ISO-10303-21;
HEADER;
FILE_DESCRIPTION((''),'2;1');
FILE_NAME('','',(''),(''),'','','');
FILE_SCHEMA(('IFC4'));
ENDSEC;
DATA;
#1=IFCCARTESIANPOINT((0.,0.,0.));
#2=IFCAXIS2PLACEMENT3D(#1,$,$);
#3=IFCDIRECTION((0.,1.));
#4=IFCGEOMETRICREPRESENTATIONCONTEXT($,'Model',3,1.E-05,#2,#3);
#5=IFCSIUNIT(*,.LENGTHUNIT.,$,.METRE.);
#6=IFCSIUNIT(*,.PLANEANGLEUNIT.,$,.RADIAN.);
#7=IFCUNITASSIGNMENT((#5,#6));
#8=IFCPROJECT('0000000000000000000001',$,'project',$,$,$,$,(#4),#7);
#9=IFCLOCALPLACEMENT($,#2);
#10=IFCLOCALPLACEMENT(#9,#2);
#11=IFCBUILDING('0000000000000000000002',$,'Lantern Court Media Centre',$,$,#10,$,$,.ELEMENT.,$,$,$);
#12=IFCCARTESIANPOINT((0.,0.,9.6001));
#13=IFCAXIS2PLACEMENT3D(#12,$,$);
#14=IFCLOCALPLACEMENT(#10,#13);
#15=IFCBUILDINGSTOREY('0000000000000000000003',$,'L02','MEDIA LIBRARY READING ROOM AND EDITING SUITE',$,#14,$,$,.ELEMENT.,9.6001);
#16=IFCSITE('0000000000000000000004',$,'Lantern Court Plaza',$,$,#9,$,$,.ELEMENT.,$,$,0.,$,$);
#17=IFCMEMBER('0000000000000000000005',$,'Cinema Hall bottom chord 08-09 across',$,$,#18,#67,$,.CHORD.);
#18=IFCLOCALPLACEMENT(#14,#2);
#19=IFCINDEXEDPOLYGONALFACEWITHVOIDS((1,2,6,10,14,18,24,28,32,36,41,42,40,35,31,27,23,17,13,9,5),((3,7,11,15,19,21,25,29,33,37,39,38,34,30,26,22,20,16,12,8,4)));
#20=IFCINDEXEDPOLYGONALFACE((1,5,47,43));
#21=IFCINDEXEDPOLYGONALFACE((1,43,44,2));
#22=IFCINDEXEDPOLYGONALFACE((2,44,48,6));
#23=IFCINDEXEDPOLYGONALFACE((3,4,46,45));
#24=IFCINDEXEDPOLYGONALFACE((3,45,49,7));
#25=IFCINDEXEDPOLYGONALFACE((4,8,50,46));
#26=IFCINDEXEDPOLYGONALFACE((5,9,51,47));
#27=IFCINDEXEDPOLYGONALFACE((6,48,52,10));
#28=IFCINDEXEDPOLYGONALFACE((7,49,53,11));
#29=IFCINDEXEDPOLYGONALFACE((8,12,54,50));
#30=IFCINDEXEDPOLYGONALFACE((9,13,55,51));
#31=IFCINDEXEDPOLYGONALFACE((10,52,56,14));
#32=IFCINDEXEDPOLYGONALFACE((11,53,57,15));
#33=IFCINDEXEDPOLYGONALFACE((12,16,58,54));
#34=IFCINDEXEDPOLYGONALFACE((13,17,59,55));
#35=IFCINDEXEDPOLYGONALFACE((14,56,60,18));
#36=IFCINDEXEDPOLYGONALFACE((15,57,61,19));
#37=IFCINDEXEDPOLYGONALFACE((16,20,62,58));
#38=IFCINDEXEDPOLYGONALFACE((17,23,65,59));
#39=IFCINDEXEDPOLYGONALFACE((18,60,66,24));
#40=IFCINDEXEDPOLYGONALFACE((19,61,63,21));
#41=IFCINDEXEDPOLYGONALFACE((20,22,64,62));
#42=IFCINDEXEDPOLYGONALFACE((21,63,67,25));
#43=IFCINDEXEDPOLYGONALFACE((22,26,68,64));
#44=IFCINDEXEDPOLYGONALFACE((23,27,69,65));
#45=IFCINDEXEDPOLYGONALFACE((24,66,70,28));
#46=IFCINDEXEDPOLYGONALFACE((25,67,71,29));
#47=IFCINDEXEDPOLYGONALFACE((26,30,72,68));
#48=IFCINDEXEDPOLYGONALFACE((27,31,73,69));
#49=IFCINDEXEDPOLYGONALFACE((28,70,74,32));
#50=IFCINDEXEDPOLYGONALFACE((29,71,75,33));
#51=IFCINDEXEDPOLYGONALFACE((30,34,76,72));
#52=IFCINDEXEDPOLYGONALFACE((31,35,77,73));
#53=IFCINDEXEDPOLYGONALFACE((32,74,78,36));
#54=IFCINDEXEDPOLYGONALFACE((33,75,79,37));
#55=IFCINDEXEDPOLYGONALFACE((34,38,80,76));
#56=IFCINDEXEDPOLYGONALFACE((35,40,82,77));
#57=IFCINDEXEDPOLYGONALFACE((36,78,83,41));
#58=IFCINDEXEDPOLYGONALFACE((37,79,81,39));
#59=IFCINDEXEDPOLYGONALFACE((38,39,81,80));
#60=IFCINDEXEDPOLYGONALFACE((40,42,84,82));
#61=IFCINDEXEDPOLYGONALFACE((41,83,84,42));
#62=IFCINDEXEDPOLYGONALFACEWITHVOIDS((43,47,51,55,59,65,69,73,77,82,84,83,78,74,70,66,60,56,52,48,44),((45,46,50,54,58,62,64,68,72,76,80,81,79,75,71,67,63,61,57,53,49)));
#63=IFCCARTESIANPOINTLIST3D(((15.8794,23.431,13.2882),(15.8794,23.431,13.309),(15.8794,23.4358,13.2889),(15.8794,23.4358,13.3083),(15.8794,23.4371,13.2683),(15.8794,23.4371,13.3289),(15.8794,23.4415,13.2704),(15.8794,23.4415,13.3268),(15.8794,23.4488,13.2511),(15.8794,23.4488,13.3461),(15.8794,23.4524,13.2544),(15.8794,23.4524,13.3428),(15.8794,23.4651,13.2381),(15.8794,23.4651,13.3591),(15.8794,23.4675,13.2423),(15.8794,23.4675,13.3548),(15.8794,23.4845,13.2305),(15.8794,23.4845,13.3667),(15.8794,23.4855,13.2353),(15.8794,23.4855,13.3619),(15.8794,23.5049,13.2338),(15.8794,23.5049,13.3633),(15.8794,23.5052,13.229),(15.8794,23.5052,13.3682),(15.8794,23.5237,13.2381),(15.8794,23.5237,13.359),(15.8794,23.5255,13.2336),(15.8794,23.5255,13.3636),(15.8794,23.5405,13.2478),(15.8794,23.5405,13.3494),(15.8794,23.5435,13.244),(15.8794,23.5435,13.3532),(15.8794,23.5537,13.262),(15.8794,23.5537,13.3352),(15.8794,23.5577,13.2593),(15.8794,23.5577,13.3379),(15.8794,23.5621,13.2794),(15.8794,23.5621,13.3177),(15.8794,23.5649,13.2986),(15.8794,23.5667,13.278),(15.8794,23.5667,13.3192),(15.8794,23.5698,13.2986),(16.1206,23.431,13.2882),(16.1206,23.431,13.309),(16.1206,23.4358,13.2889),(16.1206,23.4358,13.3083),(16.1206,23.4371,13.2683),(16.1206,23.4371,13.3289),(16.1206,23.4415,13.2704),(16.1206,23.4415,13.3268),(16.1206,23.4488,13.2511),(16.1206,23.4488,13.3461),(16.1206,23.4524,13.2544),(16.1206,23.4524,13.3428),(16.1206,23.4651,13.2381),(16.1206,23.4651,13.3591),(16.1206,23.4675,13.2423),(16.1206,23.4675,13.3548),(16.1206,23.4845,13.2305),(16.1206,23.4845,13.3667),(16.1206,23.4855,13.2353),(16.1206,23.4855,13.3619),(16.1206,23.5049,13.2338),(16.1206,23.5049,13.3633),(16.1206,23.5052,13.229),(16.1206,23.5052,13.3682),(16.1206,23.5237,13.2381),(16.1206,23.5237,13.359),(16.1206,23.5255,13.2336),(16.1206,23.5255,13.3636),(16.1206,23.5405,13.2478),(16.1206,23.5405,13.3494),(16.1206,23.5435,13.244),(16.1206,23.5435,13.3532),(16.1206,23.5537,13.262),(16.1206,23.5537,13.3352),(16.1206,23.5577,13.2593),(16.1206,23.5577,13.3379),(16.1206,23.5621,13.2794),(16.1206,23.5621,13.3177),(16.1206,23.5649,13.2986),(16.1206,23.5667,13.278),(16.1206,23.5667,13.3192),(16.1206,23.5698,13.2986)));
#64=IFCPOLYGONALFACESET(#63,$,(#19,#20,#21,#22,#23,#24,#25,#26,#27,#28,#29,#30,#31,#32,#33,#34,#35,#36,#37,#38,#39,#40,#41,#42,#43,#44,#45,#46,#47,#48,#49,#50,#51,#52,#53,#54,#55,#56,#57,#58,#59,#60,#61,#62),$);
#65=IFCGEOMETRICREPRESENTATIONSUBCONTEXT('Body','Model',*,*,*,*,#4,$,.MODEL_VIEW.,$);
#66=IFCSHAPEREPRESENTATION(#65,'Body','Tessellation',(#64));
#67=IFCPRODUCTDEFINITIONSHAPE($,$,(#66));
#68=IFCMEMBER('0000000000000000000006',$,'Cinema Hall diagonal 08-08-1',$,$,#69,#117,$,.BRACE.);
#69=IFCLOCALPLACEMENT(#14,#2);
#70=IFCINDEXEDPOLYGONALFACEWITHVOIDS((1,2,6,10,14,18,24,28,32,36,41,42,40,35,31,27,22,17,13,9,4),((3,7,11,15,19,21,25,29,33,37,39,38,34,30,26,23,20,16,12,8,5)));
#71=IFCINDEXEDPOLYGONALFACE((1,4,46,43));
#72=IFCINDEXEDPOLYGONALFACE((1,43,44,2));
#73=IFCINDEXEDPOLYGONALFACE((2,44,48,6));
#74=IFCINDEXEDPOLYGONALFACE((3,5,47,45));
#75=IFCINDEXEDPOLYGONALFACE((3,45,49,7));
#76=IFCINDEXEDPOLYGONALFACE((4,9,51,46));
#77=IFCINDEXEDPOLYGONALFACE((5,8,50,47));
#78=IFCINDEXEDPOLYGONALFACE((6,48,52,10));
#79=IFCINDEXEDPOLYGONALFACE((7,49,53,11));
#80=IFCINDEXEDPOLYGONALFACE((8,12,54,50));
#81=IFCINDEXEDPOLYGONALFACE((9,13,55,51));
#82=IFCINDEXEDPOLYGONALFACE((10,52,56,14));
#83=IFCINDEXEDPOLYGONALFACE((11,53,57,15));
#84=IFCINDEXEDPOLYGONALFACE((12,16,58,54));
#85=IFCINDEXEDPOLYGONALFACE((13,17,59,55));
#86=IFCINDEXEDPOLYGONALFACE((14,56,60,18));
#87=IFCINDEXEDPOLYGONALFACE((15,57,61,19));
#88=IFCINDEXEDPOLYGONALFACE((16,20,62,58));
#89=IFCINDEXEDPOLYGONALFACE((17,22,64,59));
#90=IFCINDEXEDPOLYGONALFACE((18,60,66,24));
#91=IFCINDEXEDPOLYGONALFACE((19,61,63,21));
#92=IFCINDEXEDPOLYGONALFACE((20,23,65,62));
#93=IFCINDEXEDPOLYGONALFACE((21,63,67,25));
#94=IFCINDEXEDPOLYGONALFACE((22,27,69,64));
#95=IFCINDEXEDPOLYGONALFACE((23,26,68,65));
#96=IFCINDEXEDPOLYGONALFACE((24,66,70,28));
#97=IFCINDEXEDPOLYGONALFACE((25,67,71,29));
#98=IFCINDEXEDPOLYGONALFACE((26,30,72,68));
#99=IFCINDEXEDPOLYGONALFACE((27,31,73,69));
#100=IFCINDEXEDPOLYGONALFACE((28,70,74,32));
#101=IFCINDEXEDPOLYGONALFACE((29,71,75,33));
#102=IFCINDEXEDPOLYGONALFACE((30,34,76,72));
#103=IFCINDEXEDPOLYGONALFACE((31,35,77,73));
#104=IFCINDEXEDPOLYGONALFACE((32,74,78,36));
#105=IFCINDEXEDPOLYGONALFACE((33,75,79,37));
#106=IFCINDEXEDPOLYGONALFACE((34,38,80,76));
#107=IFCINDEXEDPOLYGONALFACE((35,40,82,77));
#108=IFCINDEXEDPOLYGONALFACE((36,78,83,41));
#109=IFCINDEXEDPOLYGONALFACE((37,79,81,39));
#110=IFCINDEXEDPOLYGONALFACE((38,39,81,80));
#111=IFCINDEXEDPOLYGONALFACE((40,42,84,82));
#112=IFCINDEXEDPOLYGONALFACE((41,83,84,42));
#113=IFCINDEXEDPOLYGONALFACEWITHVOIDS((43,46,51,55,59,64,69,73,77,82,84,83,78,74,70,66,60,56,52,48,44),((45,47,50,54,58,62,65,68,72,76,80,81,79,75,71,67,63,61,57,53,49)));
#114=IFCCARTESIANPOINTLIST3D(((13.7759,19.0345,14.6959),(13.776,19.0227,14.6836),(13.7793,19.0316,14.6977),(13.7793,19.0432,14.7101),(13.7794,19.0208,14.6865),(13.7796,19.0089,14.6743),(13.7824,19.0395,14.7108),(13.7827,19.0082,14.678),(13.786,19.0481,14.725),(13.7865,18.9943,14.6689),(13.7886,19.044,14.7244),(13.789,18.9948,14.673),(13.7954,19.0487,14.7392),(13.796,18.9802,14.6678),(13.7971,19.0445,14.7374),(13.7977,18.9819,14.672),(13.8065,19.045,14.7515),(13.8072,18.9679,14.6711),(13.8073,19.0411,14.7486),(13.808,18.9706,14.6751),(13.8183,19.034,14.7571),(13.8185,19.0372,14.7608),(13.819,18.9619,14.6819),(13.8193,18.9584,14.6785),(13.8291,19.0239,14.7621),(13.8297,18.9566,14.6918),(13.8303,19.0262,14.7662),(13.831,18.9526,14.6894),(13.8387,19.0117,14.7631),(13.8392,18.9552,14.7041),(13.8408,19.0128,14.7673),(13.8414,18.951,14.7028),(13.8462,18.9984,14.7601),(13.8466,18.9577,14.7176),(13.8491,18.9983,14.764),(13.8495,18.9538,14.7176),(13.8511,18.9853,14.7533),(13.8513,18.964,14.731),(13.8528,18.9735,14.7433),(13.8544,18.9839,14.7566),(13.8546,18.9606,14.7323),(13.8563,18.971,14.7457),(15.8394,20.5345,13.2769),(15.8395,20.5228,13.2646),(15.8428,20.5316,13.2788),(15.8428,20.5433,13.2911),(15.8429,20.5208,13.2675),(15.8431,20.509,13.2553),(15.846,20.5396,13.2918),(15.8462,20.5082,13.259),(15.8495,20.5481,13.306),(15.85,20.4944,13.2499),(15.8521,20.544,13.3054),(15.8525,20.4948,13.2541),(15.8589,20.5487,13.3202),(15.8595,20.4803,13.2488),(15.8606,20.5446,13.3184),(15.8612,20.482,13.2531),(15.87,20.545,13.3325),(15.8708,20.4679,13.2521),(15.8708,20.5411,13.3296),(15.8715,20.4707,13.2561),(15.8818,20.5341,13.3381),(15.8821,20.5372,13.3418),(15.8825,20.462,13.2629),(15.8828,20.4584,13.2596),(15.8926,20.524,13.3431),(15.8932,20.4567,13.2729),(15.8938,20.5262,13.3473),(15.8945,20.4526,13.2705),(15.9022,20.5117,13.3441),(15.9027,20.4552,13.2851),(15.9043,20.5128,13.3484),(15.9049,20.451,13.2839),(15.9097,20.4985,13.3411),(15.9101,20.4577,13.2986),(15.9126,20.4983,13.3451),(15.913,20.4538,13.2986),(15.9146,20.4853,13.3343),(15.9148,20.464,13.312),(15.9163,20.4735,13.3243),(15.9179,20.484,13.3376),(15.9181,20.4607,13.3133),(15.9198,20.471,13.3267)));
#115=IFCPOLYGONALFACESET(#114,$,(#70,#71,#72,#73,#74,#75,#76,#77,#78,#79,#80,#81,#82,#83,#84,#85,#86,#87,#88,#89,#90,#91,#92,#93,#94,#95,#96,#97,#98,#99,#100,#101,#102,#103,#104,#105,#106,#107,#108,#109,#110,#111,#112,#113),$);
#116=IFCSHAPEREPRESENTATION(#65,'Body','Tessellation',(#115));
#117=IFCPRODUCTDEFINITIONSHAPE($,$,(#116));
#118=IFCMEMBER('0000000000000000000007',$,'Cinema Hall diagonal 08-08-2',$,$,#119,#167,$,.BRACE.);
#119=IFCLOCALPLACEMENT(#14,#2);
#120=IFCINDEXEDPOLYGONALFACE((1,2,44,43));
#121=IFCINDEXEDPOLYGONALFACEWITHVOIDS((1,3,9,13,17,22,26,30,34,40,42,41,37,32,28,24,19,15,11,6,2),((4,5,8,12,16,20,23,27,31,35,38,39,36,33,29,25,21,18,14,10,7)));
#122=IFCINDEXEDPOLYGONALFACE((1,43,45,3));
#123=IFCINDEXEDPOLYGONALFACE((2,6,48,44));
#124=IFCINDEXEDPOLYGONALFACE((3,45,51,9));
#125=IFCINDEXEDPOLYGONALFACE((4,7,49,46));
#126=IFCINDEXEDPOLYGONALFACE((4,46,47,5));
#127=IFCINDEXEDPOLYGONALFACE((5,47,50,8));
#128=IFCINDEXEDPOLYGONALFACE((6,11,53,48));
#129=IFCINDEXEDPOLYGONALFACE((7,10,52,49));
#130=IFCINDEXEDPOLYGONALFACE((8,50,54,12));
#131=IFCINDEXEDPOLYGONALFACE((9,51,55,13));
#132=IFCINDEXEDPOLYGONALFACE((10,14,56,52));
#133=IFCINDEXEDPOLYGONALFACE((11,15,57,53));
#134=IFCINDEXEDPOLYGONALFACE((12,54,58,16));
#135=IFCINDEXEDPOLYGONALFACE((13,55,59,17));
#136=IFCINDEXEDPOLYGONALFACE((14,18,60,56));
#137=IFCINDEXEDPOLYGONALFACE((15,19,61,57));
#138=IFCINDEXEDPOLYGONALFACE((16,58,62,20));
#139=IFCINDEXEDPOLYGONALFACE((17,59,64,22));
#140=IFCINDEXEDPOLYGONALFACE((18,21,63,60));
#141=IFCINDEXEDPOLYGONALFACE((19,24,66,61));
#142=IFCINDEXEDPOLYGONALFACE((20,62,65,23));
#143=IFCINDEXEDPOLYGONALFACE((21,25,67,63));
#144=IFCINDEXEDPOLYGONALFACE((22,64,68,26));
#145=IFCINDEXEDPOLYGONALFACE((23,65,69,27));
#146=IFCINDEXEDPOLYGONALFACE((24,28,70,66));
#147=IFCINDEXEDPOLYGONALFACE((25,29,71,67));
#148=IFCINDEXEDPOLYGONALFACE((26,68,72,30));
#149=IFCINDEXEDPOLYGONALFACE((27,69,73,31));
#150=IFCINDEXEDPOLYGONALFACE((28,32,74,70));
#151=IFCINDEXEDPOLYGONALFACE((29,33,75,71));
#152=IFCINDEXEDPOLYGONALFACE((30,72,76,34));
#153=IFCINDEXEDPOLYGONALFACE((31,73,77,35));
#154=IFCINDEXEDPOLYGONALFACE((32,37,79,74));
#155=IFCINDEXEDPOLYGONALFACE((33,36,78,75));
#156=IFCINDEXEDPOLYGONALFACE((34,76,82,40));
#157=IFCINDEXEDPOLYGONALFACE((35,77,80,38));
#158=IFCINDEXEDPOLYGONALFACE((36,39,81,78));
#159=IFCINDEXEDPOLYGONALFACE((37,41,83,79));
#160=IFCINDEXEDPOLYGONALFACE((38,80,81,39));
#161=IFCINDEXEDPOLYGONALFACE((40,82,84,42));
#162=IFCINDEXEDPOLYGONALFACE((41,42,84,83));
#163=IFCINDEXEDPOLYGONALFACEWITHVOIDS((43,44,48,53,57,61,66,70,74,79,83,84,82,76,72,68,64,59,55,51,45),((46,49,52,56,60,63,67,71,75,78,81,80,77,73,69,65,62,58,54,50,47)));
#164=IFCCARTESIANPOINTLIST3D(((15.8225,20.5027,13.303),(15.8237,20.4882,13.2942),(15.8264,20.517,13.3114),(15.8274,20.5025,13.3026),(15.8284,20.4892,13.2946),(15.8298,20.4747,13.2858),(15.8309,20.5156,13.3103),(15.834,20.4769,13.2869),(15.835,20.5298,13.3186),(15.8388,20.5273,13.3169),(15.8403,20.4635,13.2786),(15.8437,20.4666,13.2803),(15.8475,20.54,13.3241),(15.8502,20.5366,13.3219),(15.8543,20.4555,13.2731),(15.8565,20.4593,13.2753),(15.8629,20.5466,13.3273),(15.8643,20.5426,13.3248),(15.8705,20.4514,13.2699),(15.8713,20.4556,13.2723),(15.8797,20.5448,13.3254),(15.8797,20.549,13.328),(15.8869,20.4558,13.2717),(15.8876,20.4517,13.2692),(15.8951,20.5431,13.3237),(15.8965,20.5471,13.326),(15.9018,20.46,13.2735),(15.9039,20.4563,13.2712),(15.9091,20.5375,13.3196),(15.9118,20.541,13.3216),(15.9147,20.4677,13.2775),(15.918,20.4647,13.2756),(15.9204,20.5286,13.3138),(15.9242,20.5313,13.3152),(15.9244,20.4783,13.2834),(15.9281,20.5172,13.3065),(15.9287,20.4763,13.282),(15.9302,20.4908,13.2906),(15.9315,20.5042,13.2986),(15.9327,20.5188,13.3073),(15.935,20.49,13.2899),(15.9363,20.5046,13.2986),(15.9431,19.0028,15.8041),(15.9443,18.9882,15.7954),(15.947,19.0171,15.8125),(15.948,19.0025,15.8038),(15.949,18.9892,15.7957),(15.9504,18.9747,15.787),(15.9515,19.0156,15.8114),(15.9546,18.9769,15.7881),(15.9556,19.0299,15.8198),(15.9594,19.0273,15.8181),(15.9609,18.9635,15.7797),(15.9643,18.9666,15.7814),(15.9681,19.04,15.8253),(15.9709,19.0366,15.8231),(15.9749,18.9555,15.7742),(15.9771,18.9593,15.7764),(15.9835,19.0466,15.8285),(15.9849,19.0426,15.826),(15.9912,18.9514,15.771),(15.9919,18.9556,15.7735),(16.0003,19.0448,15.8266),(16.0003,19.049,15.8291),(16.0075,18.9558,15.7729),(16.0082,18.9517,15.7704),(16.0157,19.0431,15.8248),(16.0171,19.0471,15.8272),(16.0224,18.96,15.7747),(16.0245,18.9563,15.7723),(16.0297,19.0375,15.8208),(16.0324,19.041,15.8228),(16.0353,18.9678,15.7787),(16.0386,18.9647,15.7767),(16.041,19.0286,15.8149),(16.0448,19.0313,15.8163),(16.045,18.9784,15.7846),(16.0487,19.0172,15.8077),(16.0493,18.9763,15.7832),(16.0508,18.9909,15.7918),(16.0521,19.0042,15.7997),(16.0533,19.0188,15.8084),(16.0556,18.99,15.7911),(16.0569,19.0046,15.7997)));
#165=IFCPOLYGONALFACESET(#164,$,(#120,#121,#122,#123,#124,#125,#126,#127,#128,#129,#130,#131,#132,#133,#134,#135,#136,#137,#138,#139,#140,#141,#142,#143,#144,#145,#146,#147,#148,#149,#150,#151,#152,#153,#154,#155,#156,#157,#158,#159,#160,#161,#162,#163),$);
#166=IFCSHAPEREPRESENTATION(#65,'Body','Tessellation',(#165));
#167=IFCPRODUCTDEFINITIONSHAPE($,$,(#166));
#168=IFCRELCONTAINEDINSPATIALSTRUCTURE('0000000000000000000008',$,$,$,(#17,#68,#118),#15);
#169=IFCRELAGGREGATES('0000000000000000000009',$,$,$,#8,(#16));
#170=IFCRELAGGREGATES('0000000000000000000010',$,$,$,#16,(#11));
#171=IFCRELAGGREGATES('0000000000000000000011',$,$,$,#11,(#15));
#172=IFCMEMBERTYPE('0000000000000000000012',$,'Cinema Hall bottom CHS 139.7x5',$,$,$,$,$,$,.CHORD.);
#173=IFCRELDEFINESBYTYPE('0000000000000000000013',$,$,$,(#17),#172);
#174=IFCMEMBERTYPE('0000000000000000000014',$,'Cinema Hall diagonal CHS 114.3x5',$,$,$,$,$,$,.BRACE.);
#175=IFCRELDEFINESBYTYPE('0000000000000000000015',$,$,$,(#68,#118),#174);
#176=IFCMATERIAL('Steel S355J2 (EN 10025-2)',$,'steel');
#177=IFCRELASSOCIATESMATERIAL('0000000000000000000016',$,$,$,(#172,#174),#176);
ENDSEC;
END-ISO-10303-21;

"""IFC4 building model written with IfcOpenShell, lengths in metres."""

from ifc_helpers import new_model, si_unit, direction, frame, origin, origin_2d, place, context, subcontext, project, spatial, hollow_circle, extrude, material, material_profile, profile_set, type_object, element, save


model = new_model("IFC4")

# Units and contexts
model_context = context("Model", 3, precision=1e-05, world=origin(), true_north=direction((0.0, 1.0)))
body_context = subcontext(model_context, "Body", "Model", "MODEL_VIEW")
ifc_project = project(units=[si_unit("LENGTHUNIT", "METRE"), si_unit("PLANEANGLEUNIT", "RADIAN")], contexts=[model_context])

# Site, building, storey
site_placement = place(None, origin())
site = spatial("IfcSite", under=ifc_project, at=site_placement, Name="Lantern Court Plaza", CompositionType="ELEMENT", RefElevation=0.0)
building_placement = place(site_placement, origin())
building = spatial("IfcBuilding", under=site, at=building_placement, Name="Lantern Court Media Centre", CompositionType="ELEMENT")
storey_placement = place(building_placement, frame((0.0, 0.0, 9.6001)))
storey = spatial("IfcBuildingStorey", under=building, at=storey_placement, Name="L02", Description="MEDIA LIBRARY READING ROOM AND EDITING SUITE", CompositionType="ELEMENT", Elevation=9.6001)

# Members
ifc_material = material(Name="Steel S355J2 (EN 10025-2)", Category="steel")
ifc_material_profile_1 = material_profile(ifc_material, hollow_circle(Radius=0.0698, WallThickness=0.0049, at=origin_2d()), Name="Cinema Hall bottom CHS 139.7x5")
ifc_profile_set_1 = profile_set([ifc_material_profile_1], Name="Steel S355J2 (EN 10025-2)")
member_type_1 = type_object("IfcMemberType", Name="Cinema Hall bottom CHS 139.7x5", PredefinedType="CHORD", material=ifc_profile_set_1)
for number, where, z_axis, x_axis, name in (
    (1, (15.8794, 23.5, 13.2986), (1.0, 0.0, 0.0), (0.0, 1.0, 0.0), "Cinema Hall bottom chord 08-09 across"),
):
    element("IfcMember", number, at=place(storey_placement, frame(where, z_axis=z_axis, x_axis=x_axis)), inside=storey, type_object=member_type_1, Name=name, PredefinedType="CHORD", context=body_context, shape_type="SweptSolid", body=[
        extrude(hollow_circle(Radius=0.0698, WallThickness=0.0049, at=origin_2d()), origin(), (0.0, 0.0, 1.0), 0.2412),
    ])
ifc_material_profile_2 = material_profile(ifc_material, hollow_circle(Radius=0.0571, WallThickness=0.0049, at=origin_2d()), Name="Cinema Hall diagonal CHS 114.3x5")
ifc_profile_set_2 = profile_set([ifc_material_profile_2], Name="Steel S355J2 (EN 10025-2)")
member_type_2 = type_object("IfcMemberType", Name="Cinema Hall diagonal CHS 114.3x5", PredefinedType="BRACE", material=ifc_profile_set_2)
member_1_placement = place(storey_placement, frame((15.8794, 20.5, 13.2986), z_axis=(-0.70688, -0.513851, 0.486084), x_axis=(0.58799, -0.808868, 0.0)))
element("IfcMember", 2, at=member_1_placement, inside=storey, type_object=member_type_2, Name="Cinema Hall diagonal 08-08-1", PredefinedType="BRACE", context=body_context, shape_type="SweptSolid", body=[
    extrude(hollow_circle(Radius=0.0571, WallThickness=0.0049, at=origin_2d()), origin(), (0.0, 0.0, 1.0), 2.9192),
])
for number, where, z_axis, x_axis, name in (
    (3, (15.8794, 20.5, 13.2986), (0.041317, -0.513872, 0.856871), (0.996783, 0.080145, 0.0), "Cinema Hall diagonal 08-08-2"),
):
    element("IfcMember", number, at=place(storey_placement, frame(where, z_axis=z_axis, x_axis=x_axis)), inside=storey, type_object=member_type_2, Name=name, PredefinedType="BRACE", context=body_context, shape_type="SweptSolid", body=[
        extrude(hollow_circle(Radius=0.0571, WallThickness=0.0049, at=origin_2d()), origin(), (0.0, 0.0, 1.0), 2.9189),
    ])

save(model, "model.ifc")
